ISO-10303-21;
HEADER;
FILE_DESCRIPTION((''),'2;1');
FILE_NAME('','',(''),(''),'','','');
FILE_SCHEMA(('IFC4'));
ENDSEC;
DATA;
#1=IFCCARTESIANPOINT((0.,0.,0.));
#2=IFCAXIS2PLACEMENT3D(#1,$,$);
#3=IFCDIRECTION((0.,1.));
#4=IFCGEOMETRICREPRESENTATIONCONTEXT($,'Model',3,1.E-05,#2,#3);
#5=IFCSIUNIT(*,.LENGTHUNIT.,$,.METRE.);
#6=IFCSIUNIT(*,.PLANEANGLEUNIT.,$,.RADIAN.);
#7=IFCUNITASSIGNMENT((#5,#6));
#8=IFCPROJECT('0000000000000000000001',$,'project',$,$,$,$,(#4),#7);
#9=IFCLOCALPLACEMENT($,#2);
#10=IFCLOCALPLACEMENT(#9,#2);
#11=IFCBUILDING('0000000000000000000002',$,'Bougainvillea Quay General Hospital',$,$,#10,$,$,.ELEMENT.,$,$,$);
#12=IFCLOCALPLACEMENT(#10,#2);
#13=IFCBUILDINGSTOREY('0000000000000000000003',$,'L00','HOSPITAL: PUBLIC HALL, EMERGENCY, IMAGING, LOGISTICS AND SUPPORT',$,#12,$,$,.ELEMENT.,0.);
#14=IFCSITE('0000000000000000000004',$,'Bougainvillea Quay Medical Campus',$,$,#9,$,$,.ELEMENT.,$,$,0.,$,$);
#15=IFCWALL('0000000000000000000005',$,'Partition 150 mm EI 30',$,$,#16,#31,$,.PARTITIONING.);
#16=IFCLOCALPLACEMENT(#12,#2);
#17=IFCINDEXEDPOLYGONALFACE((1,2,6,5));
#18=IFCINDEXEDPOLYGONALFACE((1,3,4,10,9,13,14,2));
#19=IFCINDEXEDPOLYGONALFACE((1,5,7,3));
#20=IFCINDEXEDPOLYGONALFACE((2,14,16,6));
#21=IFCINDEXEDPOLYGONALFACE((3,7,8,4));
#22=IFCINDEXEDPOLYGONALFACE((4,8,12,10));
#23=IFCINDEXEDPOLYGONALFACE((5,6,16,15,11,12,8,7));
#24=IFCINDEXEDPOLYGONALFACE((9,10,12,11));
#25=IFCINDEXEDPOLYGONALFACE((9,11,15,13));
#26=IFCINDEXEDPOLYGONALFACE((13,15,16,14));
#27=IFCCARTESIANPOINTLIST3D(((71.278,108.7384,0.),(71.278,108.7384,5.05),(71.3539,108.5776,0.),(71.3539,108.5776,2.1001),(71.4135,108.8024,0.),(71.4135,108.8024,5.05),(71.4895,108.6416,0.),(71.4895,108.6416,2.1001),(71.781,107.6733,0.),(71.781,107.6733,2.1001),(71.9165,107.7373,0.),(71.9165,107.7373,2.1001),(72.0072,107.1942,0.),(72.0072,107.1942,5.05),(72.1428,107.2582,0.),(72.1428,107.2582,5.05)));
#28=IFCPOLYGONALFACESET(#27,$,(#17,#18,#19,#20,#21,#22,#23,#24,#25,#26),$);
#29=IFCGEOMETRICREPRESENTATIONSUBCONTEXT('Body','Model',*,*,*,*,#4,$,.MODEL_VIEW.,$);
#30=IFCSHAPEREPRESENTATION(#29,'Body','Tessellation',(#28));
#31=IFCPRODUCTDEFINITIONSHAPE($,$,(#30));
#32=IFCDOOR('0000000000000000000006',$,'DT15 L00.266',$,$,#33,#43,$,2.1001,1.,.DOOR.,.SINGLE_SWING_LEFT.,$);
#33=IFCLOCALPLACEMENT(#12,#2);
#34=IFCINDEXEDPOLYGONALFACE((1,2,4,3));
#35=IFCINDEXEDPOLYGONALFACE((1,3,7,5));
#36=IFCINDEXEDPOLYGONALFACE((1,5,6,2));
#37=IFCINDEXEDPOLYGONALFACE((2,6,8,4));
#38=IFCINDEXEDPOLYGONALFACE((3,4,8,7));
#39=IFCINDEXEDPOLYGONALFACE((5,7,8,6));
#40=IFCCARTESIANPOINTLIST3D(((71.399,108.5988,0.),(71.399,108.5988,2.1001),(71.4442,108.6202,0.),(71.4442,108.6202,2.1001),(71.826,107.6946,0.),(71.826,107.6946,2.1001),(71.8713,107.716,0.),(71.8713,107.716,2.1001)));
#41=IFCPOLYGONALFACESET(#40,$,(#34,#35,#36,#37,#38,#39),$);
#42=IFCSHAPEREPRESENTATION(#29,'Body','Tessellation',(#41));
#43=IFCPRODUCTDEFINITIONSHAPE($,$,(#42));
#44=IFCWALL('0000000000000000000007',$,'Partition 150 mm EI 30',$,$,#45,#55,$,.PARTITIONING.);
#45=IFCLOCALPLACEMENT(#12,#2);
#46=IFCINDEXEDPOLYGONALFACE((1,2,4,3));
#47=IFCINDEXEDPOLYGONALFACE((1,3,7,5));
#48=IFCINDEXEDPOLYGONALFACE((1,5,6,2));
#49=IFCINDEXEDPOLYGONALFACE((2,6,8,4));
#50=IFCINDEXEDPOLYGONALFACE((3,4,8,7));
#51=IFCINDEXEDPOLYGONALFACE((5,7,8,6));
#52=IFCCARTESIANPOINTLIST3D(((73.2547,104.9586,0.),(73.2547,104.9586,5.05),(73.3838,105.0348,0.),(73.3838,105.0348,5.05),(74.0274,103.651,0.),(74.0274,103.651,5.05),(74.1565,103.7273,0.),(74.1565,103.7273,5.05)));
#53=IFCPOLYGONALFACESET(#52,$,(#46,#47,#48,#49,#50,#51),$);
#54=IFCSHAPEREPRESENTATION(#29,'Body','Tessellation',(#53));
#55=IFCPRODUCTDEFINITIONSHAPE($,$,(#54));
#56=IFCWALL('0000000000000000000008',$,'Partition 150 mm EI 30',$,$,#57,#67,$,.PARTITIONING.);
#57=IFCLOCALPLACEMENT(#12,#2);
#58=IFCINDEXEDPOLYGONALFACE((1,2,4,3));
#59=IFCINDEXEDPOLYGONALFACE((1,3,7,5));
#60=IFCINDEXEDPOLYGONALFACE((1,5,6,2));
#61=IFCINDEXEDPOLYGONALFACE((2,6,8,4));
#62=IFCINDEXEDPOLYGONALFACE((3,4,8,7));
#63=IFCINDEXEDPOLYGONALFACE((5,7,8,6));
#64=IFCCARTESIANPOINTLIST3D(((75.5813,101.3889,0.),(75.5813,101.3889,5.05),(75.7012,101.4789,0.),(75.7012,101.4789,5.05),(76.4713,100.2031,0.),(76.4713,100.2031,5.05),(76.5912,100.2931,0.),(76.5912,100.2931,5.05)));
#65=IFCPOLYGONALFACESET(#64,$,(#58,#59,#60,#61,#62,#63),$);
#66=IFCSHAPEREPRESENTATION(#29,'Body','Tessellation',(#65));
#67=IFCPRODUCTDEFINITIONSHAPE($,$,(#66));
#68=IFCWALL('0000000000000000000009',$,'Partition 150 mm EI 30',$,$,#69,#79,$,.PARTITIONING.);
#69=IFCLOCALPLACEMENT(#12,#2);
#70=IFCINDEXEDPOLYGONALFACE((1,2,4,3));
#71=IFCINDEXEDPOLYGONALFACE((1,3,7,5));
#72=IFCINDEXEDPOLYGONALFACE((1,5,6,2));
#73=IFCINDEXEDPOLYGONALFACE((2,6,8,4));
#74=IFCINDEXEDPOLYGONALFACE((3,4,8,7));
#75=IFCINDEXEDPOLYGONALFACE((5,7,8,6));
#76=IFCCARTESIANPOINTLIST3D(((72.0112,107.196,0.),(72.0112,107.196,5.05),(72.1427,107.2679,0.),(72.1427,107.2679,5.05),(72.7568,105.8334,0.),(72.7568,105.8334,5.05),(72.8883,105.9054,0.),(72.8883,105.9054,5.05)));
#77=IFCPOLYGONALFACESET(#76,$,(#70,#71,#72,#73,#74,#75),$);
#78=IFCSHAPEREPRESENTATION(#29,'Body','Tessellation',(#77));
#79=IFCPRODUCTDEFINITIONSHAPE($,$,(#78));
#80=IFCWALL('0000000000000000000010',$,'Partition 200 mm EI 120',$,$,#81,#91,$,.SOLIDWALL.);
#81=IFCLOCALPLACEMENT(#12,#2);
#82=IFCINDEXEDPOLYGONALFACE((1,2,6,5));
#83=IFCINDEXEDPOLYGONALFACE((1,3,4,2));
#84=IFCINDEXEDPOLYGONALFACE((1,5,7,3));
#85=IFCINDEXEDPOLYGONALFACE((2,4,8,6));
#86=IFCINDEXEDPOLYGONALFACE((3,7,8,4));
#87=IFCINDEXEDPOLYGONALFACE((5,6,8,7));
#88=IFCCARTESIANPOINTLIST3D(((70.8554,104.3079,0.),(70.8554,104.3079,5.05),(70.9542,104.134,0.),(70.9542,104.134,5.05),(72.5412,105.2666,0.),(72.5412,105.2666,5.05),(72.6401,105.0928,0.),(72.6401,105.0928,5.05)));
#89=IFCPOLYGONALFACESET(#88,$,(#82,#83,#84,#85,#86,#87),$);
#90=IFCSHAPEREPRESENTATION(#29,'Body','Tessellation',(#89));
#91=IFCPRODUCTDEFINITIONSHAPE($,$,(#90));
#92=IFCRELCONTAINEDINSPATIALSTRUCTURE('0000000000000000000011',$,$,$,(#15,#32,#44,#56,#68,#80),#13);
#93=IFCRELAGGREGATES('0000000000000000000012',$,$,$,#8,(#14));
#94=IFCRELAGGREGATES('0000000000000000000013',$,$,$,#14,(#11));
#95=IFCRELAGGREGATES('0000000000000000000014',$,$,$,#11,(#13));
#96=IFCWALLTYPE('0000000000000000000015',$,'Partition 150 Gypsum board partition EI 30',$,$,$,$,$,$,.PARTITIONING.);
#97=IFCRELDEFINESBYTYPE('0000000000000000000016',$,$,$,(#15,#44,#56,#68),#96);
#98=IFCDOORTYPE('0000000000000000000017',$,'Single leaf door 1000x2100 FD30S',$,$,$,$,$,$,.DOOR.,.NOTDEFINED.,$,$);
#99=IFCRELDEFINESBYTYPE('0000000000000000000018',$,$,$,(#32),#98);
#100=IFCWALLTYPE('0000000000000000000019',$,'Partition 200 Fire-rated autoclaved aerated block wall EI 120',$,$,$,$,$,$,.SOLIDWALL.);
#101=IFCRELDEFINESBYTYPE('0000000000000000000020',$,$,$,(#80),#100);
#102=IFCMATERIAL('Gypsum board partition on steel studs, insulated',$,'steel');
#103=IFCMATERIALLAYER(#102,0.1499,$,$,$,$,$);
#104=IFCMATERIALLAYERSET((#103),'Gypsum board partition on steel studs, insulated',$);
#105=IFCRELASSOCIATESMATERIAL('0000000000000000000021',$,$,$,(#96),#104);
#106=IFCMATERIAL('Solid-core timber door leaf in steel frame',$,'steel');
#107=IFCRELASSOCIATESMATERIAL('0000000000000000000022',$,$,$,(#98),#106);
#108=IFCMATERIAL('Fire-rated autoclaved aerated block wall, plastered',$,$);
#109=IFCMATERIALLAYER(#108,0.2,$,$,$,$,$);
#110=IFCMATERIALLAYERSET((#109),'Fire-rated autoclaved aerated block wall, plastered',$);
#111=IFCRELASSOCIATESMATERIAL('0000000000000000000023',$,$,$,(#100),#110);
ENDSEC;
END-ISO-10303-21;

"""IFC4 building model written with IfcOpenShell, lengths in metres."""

from ifc_helpers import new_model, si_unit, direction, frame, frame_2d, origin, place, context, subcontext, project, spatial, rectangle, extrude, material, layer, layer_set, type_object, element, fill, save


model = new_model("IFC4")

# Units and contexts
model_context = context("Model", 3, precision=1e-05, world=origin(), true_north=direction((0.0, 1.0)))
body_context = subcontext(model_context, "Body", "Model", "MODEL_VIEW")
ifc_project = project(units=[si_unit("LENGTHUNIT", "METRE"), si_unit("PLANEANGLEUNIT", "RADIAN")], contexts=[model_context])

# Site, building, storey
site_placement = place(None, origin())
site = spatial("IfcSite", under=ifc_project, at=site_placement, Name="Bougainvillea Quay Medical Campus", CompositionType="ELEMENT", RefElevation=0.0)
building_placement = place(site_placement, origin())
building = spatial("IfcBuilding", under=site, at=building_placement, Name="Bougainvillea Quay General Hospital", CompositionType="ELEMENT")
storey_placement = place(building_placement, origin())
storey = spatial("IfcBuildingStorey", under=building, at=storey_placement, Name="L00", Description="HOSPITAL: PUBLIC HALL, EMERGENCY, IMAGING, LOGISTICS AND SUPPORT", CompositionType="ELEMENT", Elevation=0.0)

# Shared definitions
ifc_material_1 = material(Name="Gypsum board partition on steel studs, insulated", Category="steel")
ifc_layer_1 = layer(ifc_material_1, 0.1499)
ifc_layer_set_1 = layer_set([ifc_layer_1], Name="Gypsum board partition on steel studs, insulated")
wall_type_1 = type_object("IfcWallType", Name="Partition 150 Gypsum board partition EI 30", PredefinedType="PARTITIONING", material=ifc_layer_set_1)

# Wall, opening, door
ifc_material_2 = material(Name="Solid-core timber door leaf in steel frame", Category="steel")
door_type_1 = type_object("IfcDoorType", Name="Single leaf door 1000x2100 FD30S", OperationType="NOTDEFINED", PredefinedType="DOOR", material=ifc_material_2)
wall_1_placement = place(storey_placement, frame((71.3457, 108.7705, 0.0), z_axis=(0.0, 0.0, 1.0), x_axis=(0.427029, -0.904238, 0.0)))
wall_1 = element("IfcWall", 1, at=wall_1_placement, inside=storey, type_object=wall_type_1, Name="Partition 150 mm EI 30", PredefinedType="PARTITIONING", context=body_context, shape_type="SweptSolid", body=[
    extrude(rectangle(XDim=1.7078, YDim=0.1499, at=frame_2d((0.854, 0.0))), origin(), (0.0, 0.0, 1.0), 5.05),
])
opening_1_placement = place(wall_1_placement, frame((0.178, 0.0, 0.0)))
opening_1 = element("IfcOpeningElement", 2, at=opening_1_placement, cuts=wall_1, PredefinedType="OPENING", context=body_context, shape_type="SweptSolid", body=[
    extrude(rectangle(XDim=1.0, YDim=2.1001, at=frame_2d((0.5, 1.05))), frame((0.0, 0.085, 0.0), z_axis=(0.0, -1.0, 0.0), x_axis=(1.0, 0.0, 0.0)), (0.0, 0.0, 1.0), 0.1699),
])
door_1_placement = place(opening_1_placement, origin())
door_1 = element("IfcDoor", 3, at=door_1_placement, inside=storey, type_object=door_type_1, Name="DT15 L00.266", OperationType="SINGLE_SWING_LEFT", OverallHeight=2.1001, OverallWidth=1.0, PredefinedType="DOOR", context=body_context, shape_type="SweptSolid", body=[
    extrude(rectangle(XDim=1.0, YDim=2.1001, at=frame_2d((0.5, 1.05))), frame((0.0, 0.0249, 0.0), z_axis=(0.0, -1.0, 0.0), x_axis=(1.0, 0.0, 0.0)), (0.0, 0.0, 1.0), 0.05),
])
fill(opening_1, door_1)

# Walls
wall_2_placement = place(storey_placement, frame((73.3193, 104.9966, 0.0), z_axis=(0.0, 0.0, 1.0), x_axis=(0.50874, -0.86092, 0.0)))
element("IfcWall", 4, at=wall_2_placement, inside=storey, type_object=wall_type_1, Name="Partition 150 mm EI 30", PredefinedType="PARTITIONING", context=body_context, shape_type="SweptSolid", body=[
    extrude(rectangle(XDim=1.5188, YDim=0.1499, at=frame_2d((0.7593, 0.0))), origin(), (0.0, 0.0, 1.0), 5.05),
])
wall_3_placement = place(storey_placement, frame((75.6414, 101.4338, 0.0), z_axis=(0.0, 0.0, 1.0), x_axis=(0.600237, -0.799822, 0.0)))
element("IfcWall", 5, at=wall_3_placement, inside=storey, type_object=wall_type_1, Name="Partition 150 mm EI 30", PredefinedType="PARTITIONING", context=body_context, shape_type="SweptSolid", body=[
    extrude(rectangle(XDim=1.4827, YDim=0.1499, at=frame_2d((0.7412, 0.0))), origin(), (0.0, 0.0, 1.0), 5.05),
])
wall_4_placement = place(storey_placement, frame((72.0769, 107.2319, 0.0), z_axis=(0.0, 0.0, 1.0), x_axis=(0.480041, -0.877246, 0.0)))
element("IfcWall", 6, at=wall_4_placement, inside=storey, type_object=wall_type_1, Name="Partition 150 mm EI 30", PredefinedType="PARTITIONING", context=body_context, shape_type="SweptSolid", body=[
    extrude(rectangle(XDim=1.5532, YDim=0.1499, at=frame_2d((0.7766, 0.0))), origin(), (0.0, 0.0, 1.0), 5.05),
])
ifc_material_3 = material(Name="Fire-rated autoclaved aerated block wall, plastered")
ifc_layer_2 = layer(ifc_material_3, 0.2)
ifc_layer_set_2 = layer_set([ifc_layer_2], Name="Fire-rated autoclaved aerated block wall, plastered")
wall_type_2 = type_object("IfcWallType", Name="Partition 200 Fire-rated autoclaved aerated block wall EI 120", PredefinedType="SOLIDWALL", material=ifc_layer_set_2)
wall_5_placement = place(storey_placement, frame((70.9048, 104.2209, 0.0), z_axis=(0.0, 0.0, 1.0), x_axis=(0.869256, 0.494362, 0.0)))
element("IfcWall", 7, at=wall_5_placement, inside=storey, type_object=wall_type_2, Name="Partition 200 mm EI 120", PredefinedType="SOLIDWALL", context=body_context, shape_type="SweptSolid", body=[
    extrude(rectangle(XDim=1.9395, YDim=0.2, at=frame_2d((0.9697, 0.0))), origin(), (0.0, 0.0, 1.0), 5.05),
])

save(model, "model.ifc")
